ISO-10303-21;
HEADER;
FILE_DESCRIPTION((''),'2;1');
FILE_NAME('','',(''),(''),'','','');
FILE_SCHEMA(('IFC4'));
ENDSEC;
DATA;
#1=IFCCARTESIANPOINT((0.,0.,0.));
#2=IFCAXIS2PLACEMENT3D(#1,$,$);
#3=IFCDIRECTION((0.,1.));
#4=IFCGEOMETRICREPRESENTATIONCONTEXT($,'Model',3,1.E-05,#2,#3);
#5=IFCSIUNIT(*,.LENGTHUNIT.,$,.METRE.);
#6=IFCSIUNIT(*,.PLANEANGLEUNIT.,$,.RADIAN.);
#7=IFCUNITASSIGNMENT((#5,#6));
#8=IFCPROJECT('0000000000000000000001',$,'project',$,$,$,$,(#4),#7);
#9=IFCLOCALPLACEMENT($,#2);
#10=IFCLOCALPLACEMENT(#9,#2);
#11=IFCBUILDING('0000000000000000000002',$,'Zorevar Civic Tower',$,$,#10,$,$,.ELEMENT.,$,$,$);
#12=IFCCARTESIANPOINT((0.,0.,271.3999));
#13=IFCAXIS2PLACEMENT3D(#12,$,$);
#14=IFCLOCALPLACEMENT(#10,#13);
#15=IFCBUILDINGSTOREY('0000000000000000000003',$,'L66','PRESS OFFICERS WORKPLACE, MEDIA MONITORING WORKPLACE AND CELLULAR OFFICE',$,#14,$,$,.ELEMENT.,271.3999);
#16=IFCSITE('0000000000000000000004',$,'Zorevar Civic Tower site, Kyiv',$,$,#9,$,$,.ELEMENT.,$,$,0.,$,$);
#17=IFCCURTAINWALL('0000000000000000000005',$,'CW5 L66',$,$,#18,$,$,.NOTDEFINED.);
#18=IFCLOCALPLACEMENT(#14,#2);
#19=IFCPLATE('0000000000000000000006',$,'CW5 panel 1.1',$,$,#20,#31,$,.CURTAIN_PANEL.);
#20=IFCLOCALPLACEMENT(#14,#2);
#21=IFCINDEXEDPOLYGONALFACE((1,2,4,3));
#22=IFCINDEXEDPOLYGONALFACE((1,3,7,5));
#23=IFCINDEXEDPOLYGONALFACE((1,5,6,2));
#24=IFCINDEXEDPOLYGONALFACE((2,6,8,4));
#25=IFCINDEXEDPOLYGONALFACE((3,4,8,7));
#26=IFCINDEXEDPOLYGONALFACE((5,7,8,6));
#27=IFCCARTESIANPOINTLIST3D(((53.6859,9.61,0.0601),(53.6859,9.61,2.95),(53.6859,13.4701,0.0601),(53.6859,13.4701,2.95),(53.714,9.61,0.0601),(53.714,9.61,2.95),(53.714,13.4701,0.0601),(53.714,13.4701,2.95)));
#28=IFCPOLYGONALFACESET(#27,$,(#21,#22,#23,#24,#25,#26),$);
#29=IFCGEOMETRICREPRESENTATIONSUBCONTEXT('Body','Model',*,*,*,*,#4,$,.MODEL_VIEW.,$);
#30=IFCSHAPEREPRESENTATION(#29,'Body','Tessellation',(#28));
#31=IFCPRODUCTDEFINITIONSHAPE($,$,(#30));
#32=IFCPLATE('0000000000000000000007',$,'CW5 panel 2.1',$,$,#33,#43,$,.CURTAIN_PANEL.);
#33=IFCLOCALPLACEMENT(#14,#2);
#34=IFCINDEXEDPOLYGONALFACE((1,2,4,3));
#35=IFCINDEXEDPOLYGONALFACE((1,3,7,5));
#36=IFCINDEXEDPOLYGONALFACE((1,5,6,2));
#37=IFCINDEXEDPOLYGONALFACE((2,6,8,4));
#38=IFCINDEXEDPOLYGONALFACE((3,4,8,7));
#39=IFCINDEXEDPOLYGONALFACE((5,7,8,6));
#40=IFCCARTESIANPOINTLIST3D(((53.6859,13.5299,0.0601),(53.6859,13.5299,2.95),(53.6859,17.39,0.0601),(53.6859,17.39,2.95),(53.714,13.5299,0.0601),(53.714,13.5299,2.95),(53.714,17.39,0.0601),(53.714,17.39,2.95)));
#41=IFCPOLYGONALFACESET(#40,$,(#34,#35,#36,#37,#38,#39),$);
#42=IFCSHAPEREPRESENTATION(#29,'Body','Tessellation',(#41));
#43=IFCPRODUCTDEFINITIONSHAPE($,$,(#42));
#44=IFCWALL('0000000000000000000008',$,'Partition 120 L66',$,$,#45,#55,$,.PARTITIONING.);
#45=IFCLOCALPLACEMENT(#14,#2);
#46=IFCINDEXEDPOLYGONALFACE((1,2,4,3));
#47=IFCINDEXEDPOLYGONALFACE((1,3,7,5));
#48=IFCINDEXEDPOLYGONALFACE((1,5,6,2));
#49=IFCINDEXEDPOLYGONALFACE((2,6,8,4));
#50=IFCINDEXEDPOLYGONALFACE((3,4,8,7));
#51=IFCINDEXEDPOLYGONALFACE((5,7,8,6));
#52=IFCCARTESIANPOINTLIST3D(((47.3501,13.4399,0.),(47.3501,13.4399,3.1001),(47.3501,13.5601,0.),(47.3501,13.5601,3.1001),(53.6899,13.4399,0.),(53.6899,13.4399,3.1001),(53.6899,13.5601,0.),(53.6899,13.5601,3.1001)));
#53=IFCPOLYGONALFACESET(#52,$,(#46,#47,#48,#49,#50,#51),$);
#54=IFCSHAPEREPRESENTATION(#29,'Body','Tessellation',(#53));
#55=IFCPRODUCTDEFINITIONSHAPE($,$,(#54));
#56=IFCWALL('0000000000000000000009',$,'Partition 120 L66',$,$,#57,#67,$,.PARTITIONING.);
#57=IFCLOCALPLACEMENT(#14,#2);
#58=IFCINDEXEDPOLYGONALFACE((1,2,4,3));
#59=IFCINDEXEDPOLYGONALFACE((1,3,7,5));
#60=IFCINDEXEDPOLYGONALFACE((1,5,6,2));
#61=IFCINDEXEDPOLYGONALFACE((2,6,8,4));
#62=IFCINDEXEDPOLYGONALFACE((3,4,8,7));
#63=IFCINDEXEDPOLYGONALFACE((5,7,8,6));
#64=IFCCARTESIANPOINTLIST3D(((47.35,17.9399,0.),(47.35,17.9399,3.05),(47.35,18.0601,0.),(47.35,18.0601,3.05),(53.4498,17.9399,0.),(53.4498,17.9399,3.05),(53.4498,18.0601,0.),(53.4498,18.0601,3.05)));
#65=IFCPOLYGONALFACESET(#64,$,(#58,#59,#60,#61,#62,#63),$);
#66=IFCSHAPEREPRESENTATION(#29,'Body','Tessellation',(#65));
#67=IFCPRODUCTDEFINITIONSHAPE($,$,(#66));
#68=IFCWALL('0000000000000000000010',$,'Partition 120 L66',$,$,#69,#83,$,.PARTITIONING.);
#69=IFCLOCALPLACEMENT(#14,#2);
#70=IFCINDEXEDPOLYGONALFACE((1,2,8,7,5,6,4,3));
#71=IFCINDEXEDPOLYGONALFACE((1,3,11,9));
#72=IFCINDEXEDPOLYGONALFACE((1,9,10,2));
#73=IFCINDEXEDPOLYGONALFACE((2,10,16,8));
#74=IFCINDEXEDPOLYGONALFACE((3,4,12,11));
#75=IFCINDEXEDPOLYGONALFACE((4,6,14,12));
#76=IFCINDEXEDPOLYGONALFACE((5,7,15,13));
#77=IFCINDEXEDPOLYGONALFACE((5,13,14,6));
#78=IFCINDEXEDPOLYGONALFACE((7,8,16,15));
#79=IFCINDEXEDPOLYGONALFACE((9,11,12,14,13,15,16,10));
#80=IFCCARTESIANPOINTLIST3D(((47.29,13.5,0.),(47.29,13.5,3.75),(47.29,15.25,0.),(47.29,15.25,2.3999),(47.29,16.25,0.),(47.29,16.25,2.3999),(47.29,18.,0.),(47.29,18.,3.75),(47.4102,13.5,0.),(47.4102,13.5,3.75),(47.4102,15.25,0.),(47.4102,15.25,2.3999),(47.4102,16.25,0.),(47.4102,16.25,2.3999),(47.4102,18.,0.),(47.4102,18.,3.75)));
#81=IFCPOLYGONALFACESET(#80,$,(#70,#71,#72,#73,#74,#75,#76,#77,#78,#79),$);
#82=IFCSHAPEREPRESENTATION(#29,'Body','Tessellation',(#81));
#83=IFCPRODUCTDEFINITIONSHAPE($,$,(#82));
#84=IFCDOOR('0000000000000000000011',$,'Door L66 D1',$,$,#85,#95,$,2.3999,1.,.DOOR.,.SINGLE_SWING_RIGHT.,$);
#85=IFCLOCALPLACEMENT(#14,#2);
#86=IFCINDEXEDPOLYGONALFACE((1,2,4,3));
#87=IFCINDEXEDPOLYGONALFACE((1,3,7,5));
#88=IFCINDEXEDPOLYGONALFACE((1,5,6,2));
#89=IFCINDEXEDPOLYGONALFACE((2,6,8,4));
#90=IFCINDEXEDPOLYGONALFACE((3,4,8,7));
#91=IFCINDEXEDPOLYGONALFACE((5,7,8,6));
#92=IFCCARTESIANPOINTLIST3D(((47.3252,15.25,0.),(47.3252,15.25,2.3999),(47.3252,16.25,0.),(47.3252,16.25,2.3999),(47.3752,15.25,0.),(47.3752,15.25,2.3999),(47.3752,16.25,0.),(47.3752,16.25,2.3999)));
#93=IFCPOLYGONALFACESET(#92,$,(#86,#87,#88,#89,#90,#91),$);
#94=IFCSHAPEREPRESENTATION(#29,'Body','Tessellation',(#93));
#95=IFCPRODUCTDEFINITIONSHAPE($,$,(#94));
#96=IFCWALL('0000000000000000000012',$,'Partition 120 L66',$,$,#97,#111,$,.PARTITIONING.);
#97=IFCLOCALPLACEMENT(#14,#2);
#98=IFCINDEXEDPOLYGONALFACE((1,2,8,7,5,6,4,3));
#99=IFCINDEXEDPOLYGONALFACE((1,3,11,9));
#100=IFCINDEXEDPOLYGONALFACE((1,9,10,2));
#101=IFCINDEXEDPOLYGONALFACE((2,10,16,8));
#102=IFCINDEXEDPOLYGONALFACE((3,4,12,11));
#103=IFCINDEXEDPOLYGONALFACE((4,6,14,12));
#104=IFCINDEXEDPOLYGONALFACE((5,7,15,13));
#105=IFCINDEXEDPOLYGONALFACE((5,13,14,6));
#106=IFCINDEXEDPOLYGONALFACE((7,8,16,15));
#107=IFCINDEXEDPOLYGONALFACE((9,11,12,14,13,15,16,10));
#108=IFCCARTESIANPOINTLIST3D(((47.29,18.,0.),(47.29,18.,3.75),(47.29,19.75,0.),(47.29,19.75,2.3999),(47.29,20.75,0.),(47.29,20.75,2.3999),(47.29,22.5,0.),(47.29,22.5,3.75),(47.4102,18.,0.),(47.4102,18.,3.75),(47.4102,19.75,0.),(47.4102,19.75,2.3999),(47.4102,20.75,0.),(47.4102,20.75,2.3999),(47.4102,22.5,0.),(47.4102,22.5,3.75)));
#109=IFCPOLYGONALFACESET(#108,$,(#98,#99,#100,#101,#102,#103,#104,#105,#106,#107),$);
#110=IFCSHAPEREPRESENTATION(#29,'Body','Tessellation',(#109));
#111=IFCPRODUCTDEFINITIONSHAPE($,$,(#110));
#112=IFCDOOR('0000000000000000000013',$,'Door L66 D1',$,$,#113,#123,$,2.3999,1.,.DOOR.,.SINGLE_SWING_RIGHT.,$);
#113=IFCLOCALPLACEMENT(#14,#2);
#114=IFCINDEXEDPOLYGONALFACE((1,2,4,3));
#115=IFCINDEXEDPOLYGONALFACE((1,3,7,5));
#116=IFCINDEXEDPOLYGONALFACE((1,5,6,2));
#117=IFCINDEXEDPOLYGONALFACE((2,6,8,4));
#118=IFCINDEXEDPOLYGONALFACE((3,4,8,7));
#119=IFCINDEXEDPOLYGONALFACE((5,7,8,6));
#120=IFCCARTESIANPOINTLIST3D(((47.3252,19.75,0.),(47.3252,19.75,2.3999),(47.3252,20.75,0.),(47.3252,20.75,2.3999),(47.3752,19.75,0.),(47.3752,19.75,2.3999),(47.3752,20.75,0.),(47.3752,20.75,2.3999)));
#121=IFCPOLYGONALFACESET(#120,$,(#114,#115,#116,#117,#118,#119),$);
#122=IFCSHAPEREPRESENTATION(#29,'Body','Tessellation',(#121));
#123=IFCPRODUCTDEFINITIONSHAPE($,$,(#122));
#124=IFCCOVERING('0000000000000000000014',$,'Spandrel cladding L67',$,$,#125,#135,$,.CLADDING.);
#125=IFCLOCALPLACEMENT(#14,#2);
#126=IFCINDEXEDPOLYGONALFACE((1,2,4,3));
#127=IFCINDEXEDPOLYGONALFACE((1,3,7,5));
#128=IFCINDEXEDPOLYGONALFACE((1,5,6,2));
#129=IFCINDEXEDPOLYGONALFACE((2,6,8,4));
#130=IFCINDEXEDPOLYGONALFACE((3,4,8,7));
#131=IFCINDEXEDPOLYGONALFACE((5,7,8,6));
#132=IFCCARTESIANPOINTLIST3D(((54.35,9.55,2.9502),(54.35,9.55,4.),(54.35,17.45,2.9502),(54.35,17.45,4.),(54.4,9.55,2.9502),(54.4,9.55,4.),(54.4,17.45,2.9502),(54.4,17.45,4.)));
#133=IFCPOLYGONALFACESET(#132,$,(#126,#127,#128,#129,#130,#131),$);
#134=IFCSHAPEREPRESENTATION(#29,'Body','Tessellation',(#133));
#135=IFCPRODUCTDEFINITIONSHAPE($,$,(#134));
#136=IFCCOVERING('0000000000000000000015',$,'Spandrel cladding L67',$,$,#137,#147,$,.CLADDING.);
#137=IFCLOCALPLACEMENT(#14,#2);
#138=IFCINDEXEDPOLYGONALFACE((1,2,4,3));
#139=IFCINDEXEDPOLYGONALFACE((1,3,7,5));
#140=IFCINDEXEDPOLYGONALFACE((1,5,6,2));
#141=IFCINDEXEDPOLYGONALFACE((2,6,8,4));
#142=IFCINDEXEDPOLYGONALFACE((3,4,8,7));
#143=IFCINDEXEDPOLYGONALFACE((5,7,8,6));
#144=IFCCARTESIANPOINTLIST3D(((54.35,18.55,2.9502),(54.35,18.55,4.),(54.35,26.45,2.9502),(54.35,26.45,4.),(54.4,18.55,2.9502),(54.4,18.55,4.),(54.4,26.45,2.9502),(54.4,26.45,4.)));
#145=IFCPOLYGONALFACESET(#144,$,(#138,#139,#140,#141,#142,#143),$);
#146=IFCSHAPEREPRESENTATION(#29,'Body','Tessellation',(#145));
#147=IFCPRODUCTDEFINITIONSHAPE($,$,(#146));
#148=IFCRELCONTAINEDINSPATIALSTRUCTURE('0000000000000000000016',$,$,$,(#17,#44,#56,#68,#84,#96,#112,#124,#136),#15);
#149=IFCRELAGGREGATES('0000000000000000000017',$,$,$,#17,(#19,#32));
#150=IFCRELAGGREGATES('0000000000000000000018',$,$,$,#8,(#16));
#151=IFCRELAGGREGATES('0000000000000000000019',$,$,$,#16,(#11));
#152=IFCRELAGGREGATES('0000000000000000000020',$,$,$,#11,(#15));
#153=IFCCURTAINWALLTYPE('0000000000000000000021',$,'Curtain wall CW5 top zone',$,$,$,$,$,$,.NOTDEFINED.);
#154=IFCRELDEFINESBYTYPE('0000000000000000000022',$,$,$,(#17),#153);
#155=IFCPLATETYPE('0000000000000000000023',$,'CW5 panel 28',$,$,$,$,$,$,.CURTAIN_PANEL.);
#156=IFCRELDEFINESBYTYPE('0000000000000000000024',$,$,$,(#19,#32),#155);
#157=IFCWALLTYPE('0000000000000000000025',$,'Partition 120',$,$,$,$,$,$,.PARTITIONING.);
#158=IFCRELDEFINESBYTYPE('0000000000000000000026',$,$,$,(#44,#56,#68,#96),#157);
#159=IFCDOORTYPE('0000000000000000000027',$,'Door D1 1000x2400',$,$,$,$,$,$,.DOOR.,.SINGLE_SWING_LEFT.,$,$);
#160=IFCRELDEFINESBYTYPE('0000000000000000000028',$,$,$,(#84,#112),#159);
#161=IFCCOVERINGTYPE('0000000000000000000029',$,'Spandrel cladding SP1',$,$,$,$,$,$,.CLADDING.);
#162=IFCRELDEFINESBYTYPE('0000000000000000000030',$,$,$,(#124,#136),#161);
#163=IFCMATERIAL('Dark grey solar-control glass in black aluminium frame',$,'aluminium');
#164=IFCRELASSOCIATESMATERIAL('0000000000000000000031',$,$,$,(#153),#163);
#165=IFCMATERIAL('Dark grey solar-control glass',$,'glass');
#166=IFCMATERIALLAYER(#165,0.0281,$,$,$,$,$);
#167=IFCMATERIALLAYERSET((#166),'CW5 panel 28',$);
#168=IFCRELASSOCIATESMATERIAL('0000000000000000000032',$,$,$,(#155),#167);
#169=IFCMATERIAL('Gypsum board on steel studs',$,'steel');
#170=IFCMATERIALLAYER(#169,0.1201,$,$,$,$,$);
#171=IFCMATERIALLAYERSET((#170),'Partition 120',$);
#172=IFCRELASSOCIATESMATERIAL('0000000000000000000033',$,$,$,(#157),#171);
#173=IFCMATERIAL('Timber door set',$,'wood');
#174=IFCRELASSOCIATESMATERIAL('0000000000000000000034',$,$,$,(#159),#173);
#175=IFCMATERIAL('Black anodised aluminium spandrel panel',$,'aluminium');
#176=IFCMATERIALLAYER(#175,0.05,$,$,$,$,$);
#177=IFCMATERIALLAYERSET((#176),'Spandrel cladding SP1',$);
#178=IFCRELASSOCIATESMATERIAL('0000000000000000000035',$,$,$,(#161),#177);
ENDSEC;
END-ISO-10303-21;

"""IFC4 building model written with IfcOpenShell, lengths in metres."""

from ifc_helpers import new_model, si_unit, direction, frame, frame_2d, origin, origin_2d, place, context, subcontext, project, spatial, rectangle, extrude, material, layer, layer_set, type_object, element, fill, aggregate, save


model = new_model("IFC4")

# Units and contexts
model_context = context("Model", 3, precision=1e-05, world=origin(), true_north=direction((0.0, 1.0)))
body_context = subcontext(model_context, "Body", "Model", "MODEL_VIEW")
ifc_project = project(units=[si_unit("LENGTHUNIT", "METRE"), si_unit("PLANEANGLEUNIT", "RADIAN")], contexts=[model_context])

# Site, building, storey
site_placement = place(None, origin())
site = spatial("IfcSite", under=ifc_project, at=site_placement, Name="Zorevar Civic Tower site, Kyiv", CompositionType="ELEMENT", RefElevation=0.0)
building_placement = place(site_placement, origin())
building = spatial("IfcBuilding", under=site, at=building_placement, Name="Zorevar Civic Tower", CompositionType="ELEMENT")
storey_placement = place(building_placement, frame((0.0, 0.0, 271.3999)))
storey = spatial("IfcBuildingStorey", under=building, at=storey_placement, Name="L66", Description="PRESS OFFICERS WORKPLACE, MEDIA MONITORING WORKPLACE AND CELLULAR OFFICE", CompositionType="ELEMENT", Elevation=271.3999)

# Curtain wall
ifc_material_1 = material(Name="Dark grey solar-control glass in black aluminium frame", Category="aluminium")
curtain_wall_type = type_object("IfcCurtainWallType", Name="Curtain wall CW5 top zone", PredefinedType="NOTDEFINED", material=ifc_material_1)
curtain_wall_1_placement = place(storey_placement, origin())
curtain_wall_1 = element("IfcCurtainWall", 1, at=curtain_wall_1_placement, inside=storey, type_object=curtain_wall_type, Name="CW5 L66", PredefinedType="NOTDEFINED")

# Plates
ifc_material_2 = material(Name="Dark grey solar-control glass", Category="glass")
ifc_layer_1 = layer(ifc_material_2, 0.0281)
ifc_layer_set_1 = layer_set([ifc_layer_1], Name="CW5 panel 28")
plate_type = type_object("IfcPlateType", Name="CW5 panel 28", PredefinedType="CURTAIN_PANEL", material=ifc_layer_set_1)
plate_1_placement = place(storey_placement, frame((53.7, 11.54, 0.0601), z_axis=(0.0, 0.0, 1.0), x_axis=(0.0, 1.0, 0.0)))
plate_1 = element("IfcPlate", 2, at=plate_1_placement, type_object=plate_type, Name="CW5 panel 1.1", PredefinedType="CURTAIN_PANEL", context=body_context, shape_type="SweptSolid", body=[
    extrude(rectangle(XDim=3.8601, YDim=0.0281, at=origin_2d()), origin(), (0.0, 0.0, 1.0), 2.8899),
])
plate_2_placement = place(storey_placement, frame((53.7, 15.46, 0.0601), z_axis=(0.0, 0.0, 1.0), x_axis=(0.0, 1.0, 0.0)))
plate_2 = element("IfcPlate", 3, at=plate_2_placement, type_object=plate_type, Name="CW5 panel 2.1", PredefinedType="CURTAIN_PANEL", context=body_context, shape_type="SweptSolid", body=[
    extrude(rectangle(XDim=3.8601, YDim=0.0281, at=origin_2d()), origin(), (0.0, 0.0, 1.0), 2.8899),
])
aggregate(curtain_wall_1, [plate_1, plate_2])

# Walls
ifc_material_3 = material(Name="Gypsum board on steel studs", Category="steel")
ifc_layer_2 = layer(ifc_material_3, 0.1201)
ifc_layer_set_2 = layer_set([ifc_layer_2], Name="Partition 120")
wall_type_1 = type_object("IfcWallType", Name="Partition 120", PredefinedType="PARTITIONING", material=ifc_layer_set_2)
wall_1_placement = place(storey_placement, frame((47.3501, 13.5, 0.0), z_axis=(0.0, 0.0, 1.0), x_axis=(1.0, 0.0, 0.0)))
element("IfcWall", 4, at=wall_1_placement, inside=storey, type_object=wall_type_1, Name="Partition 120 L66", PredefinedType="PARTITIONING", context=body_context, shape_type="SweptSolid", body=[
    extrude(rectangle(XDim=6.3398, YDim=0.1201, at=frame_2d((3.1699, 0.0))), origin(), (0.0, 0.0, 1.0), 3.1001),
])
wall_2_placement = place(storey_placement, frame((47.3501, 18.0, 0.0), z_axis=(0.0, 0.0, 1.0), x_axis=(1.0, 0.0, 0.0)))
element("IfcWall", 5, at=wall_2_placement, inside=storey, type_object=wall_type_1, Name="Partition 120 L66", PredefinedType="PARTITIONING", context=body_context, shape_type="SweptSolid", body=[
    extrude(rectangle(XDim=6.0999, YDim=0.1201, at=frame_2d((3.0498, 0.0))), origin(), (0.0, 0.0, 1.0), 3.05),
])

# Walls, openings, doors
wall_3_placement = place(storey_placement, frame((47.3501, 13.5, 0.0), z_axis=(0.0, 0.0, 1.0), x_axis=(0.0, 1.0, 0.0)))
wall_3 = element("IfcWall", 6, at=wall_3_placement, inside=storey, type_object=wall_type_1, Name="Partition 120 L66", PredefinedType="PARTITIONING", context=body_context, shape_type="SweptSolid", body=[
    extrude(rectangle(XDim=4.5, YDim=0.1201, at=frame_2d((2.25, 0.0))), origin(), (0.0, 0.0, 1.0), 3.75),
])
opening_1_placement = place(wall_3_placement, frame((1.75, 0.0, 0.0)))
opening_1 = element("IfcOpeningElement", 7, at=opening_1_placement, cuts=wall_3, PredefinedType="OPENING", context=body_context, shape_type="SweptSolid", body=[
    extrude(rectangle(XDim=1.0, YDim=2.3999, at=frame_2d((0.5, 1.2))), frame((0.0, 0.0701, 0.0), z_axis=(0.0, -1.0, 0.0), x_axis=(1.0, 0.0, 0.0)), (0.0, 0.0, 1.0), 0.1401),
])
ifc_material_4 = material(Name="Timber door set", Category="wood")
door_type_1 = type_object("IfcDoorType", Name="Door D1 1000x2400", OperationType="SINGLE_SWING_LEFT", PredefinedType="DOOR", material=ifc_material_4)
door_1_placement = place(opening_1_placement, origin())
door_1 = element("IfcDoor", 8, at=door_1_placement, inside=storey, type_object=door_type_1, Name="Door L66 D1", OperationType="SINGLE_SWING_RIGHT", OverallHeight=2.3999, OverallWidth=1.0, PredefinedType="DOOR", context=body_context, shape_type="SweptSolid", body=[
    extrude(rectangle(XDim=1.0, YDim=2.3999, at=frame_2d((0.5, 1.2))), frame((0.0, 0.0249, 0.0), z_axis=(0.0, -1.0, 0.0), x_axis=(1.0, 0.0, 0.0)), (0.0, 0.0, 1.0), 0.05),
])
fill(opening_1, door_1)
wall_4_placement = place(storey_placement, frame((47.3501, 18.0, 0.0), z_axis=(0.0, 0.0, 1.0), x_axis=(0.0, 1.0, 0.0)))
wall_4 = element("IfcWall", 9, at=wall_4_placement, inside=storey, type_object=wall_type_1, Name="Partition 120 L66", PredefinedType="PARTITIONING", context=body_context, shape_type="SweptSolid", body=[
    extrude(rectangle(XDim=4.5, YDim=0.1201, at=frame_2d((2.25, 0.0))), origin(), (0.0, 0.0, 1.0), 3.75),
])
opening_2_placement = place(wall_4_placement, frame((1.75, 0.0, 0.0)))
opening_2 = element("IfcOpeningElement", 10, at=opening_2_placement, cuts=wall_4, PredefinedType="OPENING", context=body_context, shape_type="SweptSolid", body=[
    extrude(rectangle(XDim=1.0, YDim=2.3999, at=frame_2d((0.5, 1.2))), frame((0.0, 0.0701, 0.0), z_axis=(0.0, -1.0, 0.0), x_axis=(1.0, 0.0, 0.0)), (0.0, 0.0, 1.0), 0.1401),
])
door_2_placement = place(opening_2_placement, origin())
door_2 = element("IfcDoor", 11, at=door_2_placement, inside=storey, type_object=door_type_1, Name="Door L66 D1", OperationType="SINGLE_SWING_RIGHT", OverallHeight=2.3999, OverallWidth=1.0, PredefinedType="DOOR", context=body_context, shape_type="SweptSolid", body=[
    extrude(rectangle(XDim=1.0, YDim=2.3999, at=frame_2d((0.5, 1.2))), frame((0.0, 0.0249, 0.0), z_axis=(0.0, -1.0, 0.0), x_axis=(1.0, 0.0, 0.0)), (0.0, 0.0, 1.0), 0.05),
])
fill(opening_2, door_2)

# Coverings
ifc_material_5 = material(Name="Black anodised aluminium spandrel panel", Category="aluminium")
ifc_layer_3 = layer(ifc_material_5, 0.05)
ifc_layer_set_3 = layer_set([ifc_layer_3], Name="Spandrel cladding SP1")
covering_type = type_object("IfcCoveringType", Name="Spandrel cladding SP1", PredefinedType="CLADDING", material=ifc_layer_set_3)
for number, where, z_axis, x_axis, name in (
    (12, (54.375, 9.55, 2.9502), (0.0, 0.0, 1.0), (0.0, 1.0, 0.0), "Spandrel cladding L67"),
    (13, (54.375, 18.55, 2.9502), (0.0, 0.0, 1.0), (0.0, 1.0, 0.0), "Spandrel cladding L67"),
):
    element("IfcCovering", number, at=place(storey_placement, frame(where, z_axis=z_axis, x_axis=x_axis)), inside=storey, type_object=covering_type, Name=name, PredefinedType="CLADDING", context=body_context, shape_type="SweptSolid", body=[
        extrude(rectangle(XDim=7.8999, YDim=0.05, at=frame_2d((3.95, 0.0))), origin(), (0.0, 0.0, 1.0), 1.0498),
    ])

save(model, "model.ifc")
